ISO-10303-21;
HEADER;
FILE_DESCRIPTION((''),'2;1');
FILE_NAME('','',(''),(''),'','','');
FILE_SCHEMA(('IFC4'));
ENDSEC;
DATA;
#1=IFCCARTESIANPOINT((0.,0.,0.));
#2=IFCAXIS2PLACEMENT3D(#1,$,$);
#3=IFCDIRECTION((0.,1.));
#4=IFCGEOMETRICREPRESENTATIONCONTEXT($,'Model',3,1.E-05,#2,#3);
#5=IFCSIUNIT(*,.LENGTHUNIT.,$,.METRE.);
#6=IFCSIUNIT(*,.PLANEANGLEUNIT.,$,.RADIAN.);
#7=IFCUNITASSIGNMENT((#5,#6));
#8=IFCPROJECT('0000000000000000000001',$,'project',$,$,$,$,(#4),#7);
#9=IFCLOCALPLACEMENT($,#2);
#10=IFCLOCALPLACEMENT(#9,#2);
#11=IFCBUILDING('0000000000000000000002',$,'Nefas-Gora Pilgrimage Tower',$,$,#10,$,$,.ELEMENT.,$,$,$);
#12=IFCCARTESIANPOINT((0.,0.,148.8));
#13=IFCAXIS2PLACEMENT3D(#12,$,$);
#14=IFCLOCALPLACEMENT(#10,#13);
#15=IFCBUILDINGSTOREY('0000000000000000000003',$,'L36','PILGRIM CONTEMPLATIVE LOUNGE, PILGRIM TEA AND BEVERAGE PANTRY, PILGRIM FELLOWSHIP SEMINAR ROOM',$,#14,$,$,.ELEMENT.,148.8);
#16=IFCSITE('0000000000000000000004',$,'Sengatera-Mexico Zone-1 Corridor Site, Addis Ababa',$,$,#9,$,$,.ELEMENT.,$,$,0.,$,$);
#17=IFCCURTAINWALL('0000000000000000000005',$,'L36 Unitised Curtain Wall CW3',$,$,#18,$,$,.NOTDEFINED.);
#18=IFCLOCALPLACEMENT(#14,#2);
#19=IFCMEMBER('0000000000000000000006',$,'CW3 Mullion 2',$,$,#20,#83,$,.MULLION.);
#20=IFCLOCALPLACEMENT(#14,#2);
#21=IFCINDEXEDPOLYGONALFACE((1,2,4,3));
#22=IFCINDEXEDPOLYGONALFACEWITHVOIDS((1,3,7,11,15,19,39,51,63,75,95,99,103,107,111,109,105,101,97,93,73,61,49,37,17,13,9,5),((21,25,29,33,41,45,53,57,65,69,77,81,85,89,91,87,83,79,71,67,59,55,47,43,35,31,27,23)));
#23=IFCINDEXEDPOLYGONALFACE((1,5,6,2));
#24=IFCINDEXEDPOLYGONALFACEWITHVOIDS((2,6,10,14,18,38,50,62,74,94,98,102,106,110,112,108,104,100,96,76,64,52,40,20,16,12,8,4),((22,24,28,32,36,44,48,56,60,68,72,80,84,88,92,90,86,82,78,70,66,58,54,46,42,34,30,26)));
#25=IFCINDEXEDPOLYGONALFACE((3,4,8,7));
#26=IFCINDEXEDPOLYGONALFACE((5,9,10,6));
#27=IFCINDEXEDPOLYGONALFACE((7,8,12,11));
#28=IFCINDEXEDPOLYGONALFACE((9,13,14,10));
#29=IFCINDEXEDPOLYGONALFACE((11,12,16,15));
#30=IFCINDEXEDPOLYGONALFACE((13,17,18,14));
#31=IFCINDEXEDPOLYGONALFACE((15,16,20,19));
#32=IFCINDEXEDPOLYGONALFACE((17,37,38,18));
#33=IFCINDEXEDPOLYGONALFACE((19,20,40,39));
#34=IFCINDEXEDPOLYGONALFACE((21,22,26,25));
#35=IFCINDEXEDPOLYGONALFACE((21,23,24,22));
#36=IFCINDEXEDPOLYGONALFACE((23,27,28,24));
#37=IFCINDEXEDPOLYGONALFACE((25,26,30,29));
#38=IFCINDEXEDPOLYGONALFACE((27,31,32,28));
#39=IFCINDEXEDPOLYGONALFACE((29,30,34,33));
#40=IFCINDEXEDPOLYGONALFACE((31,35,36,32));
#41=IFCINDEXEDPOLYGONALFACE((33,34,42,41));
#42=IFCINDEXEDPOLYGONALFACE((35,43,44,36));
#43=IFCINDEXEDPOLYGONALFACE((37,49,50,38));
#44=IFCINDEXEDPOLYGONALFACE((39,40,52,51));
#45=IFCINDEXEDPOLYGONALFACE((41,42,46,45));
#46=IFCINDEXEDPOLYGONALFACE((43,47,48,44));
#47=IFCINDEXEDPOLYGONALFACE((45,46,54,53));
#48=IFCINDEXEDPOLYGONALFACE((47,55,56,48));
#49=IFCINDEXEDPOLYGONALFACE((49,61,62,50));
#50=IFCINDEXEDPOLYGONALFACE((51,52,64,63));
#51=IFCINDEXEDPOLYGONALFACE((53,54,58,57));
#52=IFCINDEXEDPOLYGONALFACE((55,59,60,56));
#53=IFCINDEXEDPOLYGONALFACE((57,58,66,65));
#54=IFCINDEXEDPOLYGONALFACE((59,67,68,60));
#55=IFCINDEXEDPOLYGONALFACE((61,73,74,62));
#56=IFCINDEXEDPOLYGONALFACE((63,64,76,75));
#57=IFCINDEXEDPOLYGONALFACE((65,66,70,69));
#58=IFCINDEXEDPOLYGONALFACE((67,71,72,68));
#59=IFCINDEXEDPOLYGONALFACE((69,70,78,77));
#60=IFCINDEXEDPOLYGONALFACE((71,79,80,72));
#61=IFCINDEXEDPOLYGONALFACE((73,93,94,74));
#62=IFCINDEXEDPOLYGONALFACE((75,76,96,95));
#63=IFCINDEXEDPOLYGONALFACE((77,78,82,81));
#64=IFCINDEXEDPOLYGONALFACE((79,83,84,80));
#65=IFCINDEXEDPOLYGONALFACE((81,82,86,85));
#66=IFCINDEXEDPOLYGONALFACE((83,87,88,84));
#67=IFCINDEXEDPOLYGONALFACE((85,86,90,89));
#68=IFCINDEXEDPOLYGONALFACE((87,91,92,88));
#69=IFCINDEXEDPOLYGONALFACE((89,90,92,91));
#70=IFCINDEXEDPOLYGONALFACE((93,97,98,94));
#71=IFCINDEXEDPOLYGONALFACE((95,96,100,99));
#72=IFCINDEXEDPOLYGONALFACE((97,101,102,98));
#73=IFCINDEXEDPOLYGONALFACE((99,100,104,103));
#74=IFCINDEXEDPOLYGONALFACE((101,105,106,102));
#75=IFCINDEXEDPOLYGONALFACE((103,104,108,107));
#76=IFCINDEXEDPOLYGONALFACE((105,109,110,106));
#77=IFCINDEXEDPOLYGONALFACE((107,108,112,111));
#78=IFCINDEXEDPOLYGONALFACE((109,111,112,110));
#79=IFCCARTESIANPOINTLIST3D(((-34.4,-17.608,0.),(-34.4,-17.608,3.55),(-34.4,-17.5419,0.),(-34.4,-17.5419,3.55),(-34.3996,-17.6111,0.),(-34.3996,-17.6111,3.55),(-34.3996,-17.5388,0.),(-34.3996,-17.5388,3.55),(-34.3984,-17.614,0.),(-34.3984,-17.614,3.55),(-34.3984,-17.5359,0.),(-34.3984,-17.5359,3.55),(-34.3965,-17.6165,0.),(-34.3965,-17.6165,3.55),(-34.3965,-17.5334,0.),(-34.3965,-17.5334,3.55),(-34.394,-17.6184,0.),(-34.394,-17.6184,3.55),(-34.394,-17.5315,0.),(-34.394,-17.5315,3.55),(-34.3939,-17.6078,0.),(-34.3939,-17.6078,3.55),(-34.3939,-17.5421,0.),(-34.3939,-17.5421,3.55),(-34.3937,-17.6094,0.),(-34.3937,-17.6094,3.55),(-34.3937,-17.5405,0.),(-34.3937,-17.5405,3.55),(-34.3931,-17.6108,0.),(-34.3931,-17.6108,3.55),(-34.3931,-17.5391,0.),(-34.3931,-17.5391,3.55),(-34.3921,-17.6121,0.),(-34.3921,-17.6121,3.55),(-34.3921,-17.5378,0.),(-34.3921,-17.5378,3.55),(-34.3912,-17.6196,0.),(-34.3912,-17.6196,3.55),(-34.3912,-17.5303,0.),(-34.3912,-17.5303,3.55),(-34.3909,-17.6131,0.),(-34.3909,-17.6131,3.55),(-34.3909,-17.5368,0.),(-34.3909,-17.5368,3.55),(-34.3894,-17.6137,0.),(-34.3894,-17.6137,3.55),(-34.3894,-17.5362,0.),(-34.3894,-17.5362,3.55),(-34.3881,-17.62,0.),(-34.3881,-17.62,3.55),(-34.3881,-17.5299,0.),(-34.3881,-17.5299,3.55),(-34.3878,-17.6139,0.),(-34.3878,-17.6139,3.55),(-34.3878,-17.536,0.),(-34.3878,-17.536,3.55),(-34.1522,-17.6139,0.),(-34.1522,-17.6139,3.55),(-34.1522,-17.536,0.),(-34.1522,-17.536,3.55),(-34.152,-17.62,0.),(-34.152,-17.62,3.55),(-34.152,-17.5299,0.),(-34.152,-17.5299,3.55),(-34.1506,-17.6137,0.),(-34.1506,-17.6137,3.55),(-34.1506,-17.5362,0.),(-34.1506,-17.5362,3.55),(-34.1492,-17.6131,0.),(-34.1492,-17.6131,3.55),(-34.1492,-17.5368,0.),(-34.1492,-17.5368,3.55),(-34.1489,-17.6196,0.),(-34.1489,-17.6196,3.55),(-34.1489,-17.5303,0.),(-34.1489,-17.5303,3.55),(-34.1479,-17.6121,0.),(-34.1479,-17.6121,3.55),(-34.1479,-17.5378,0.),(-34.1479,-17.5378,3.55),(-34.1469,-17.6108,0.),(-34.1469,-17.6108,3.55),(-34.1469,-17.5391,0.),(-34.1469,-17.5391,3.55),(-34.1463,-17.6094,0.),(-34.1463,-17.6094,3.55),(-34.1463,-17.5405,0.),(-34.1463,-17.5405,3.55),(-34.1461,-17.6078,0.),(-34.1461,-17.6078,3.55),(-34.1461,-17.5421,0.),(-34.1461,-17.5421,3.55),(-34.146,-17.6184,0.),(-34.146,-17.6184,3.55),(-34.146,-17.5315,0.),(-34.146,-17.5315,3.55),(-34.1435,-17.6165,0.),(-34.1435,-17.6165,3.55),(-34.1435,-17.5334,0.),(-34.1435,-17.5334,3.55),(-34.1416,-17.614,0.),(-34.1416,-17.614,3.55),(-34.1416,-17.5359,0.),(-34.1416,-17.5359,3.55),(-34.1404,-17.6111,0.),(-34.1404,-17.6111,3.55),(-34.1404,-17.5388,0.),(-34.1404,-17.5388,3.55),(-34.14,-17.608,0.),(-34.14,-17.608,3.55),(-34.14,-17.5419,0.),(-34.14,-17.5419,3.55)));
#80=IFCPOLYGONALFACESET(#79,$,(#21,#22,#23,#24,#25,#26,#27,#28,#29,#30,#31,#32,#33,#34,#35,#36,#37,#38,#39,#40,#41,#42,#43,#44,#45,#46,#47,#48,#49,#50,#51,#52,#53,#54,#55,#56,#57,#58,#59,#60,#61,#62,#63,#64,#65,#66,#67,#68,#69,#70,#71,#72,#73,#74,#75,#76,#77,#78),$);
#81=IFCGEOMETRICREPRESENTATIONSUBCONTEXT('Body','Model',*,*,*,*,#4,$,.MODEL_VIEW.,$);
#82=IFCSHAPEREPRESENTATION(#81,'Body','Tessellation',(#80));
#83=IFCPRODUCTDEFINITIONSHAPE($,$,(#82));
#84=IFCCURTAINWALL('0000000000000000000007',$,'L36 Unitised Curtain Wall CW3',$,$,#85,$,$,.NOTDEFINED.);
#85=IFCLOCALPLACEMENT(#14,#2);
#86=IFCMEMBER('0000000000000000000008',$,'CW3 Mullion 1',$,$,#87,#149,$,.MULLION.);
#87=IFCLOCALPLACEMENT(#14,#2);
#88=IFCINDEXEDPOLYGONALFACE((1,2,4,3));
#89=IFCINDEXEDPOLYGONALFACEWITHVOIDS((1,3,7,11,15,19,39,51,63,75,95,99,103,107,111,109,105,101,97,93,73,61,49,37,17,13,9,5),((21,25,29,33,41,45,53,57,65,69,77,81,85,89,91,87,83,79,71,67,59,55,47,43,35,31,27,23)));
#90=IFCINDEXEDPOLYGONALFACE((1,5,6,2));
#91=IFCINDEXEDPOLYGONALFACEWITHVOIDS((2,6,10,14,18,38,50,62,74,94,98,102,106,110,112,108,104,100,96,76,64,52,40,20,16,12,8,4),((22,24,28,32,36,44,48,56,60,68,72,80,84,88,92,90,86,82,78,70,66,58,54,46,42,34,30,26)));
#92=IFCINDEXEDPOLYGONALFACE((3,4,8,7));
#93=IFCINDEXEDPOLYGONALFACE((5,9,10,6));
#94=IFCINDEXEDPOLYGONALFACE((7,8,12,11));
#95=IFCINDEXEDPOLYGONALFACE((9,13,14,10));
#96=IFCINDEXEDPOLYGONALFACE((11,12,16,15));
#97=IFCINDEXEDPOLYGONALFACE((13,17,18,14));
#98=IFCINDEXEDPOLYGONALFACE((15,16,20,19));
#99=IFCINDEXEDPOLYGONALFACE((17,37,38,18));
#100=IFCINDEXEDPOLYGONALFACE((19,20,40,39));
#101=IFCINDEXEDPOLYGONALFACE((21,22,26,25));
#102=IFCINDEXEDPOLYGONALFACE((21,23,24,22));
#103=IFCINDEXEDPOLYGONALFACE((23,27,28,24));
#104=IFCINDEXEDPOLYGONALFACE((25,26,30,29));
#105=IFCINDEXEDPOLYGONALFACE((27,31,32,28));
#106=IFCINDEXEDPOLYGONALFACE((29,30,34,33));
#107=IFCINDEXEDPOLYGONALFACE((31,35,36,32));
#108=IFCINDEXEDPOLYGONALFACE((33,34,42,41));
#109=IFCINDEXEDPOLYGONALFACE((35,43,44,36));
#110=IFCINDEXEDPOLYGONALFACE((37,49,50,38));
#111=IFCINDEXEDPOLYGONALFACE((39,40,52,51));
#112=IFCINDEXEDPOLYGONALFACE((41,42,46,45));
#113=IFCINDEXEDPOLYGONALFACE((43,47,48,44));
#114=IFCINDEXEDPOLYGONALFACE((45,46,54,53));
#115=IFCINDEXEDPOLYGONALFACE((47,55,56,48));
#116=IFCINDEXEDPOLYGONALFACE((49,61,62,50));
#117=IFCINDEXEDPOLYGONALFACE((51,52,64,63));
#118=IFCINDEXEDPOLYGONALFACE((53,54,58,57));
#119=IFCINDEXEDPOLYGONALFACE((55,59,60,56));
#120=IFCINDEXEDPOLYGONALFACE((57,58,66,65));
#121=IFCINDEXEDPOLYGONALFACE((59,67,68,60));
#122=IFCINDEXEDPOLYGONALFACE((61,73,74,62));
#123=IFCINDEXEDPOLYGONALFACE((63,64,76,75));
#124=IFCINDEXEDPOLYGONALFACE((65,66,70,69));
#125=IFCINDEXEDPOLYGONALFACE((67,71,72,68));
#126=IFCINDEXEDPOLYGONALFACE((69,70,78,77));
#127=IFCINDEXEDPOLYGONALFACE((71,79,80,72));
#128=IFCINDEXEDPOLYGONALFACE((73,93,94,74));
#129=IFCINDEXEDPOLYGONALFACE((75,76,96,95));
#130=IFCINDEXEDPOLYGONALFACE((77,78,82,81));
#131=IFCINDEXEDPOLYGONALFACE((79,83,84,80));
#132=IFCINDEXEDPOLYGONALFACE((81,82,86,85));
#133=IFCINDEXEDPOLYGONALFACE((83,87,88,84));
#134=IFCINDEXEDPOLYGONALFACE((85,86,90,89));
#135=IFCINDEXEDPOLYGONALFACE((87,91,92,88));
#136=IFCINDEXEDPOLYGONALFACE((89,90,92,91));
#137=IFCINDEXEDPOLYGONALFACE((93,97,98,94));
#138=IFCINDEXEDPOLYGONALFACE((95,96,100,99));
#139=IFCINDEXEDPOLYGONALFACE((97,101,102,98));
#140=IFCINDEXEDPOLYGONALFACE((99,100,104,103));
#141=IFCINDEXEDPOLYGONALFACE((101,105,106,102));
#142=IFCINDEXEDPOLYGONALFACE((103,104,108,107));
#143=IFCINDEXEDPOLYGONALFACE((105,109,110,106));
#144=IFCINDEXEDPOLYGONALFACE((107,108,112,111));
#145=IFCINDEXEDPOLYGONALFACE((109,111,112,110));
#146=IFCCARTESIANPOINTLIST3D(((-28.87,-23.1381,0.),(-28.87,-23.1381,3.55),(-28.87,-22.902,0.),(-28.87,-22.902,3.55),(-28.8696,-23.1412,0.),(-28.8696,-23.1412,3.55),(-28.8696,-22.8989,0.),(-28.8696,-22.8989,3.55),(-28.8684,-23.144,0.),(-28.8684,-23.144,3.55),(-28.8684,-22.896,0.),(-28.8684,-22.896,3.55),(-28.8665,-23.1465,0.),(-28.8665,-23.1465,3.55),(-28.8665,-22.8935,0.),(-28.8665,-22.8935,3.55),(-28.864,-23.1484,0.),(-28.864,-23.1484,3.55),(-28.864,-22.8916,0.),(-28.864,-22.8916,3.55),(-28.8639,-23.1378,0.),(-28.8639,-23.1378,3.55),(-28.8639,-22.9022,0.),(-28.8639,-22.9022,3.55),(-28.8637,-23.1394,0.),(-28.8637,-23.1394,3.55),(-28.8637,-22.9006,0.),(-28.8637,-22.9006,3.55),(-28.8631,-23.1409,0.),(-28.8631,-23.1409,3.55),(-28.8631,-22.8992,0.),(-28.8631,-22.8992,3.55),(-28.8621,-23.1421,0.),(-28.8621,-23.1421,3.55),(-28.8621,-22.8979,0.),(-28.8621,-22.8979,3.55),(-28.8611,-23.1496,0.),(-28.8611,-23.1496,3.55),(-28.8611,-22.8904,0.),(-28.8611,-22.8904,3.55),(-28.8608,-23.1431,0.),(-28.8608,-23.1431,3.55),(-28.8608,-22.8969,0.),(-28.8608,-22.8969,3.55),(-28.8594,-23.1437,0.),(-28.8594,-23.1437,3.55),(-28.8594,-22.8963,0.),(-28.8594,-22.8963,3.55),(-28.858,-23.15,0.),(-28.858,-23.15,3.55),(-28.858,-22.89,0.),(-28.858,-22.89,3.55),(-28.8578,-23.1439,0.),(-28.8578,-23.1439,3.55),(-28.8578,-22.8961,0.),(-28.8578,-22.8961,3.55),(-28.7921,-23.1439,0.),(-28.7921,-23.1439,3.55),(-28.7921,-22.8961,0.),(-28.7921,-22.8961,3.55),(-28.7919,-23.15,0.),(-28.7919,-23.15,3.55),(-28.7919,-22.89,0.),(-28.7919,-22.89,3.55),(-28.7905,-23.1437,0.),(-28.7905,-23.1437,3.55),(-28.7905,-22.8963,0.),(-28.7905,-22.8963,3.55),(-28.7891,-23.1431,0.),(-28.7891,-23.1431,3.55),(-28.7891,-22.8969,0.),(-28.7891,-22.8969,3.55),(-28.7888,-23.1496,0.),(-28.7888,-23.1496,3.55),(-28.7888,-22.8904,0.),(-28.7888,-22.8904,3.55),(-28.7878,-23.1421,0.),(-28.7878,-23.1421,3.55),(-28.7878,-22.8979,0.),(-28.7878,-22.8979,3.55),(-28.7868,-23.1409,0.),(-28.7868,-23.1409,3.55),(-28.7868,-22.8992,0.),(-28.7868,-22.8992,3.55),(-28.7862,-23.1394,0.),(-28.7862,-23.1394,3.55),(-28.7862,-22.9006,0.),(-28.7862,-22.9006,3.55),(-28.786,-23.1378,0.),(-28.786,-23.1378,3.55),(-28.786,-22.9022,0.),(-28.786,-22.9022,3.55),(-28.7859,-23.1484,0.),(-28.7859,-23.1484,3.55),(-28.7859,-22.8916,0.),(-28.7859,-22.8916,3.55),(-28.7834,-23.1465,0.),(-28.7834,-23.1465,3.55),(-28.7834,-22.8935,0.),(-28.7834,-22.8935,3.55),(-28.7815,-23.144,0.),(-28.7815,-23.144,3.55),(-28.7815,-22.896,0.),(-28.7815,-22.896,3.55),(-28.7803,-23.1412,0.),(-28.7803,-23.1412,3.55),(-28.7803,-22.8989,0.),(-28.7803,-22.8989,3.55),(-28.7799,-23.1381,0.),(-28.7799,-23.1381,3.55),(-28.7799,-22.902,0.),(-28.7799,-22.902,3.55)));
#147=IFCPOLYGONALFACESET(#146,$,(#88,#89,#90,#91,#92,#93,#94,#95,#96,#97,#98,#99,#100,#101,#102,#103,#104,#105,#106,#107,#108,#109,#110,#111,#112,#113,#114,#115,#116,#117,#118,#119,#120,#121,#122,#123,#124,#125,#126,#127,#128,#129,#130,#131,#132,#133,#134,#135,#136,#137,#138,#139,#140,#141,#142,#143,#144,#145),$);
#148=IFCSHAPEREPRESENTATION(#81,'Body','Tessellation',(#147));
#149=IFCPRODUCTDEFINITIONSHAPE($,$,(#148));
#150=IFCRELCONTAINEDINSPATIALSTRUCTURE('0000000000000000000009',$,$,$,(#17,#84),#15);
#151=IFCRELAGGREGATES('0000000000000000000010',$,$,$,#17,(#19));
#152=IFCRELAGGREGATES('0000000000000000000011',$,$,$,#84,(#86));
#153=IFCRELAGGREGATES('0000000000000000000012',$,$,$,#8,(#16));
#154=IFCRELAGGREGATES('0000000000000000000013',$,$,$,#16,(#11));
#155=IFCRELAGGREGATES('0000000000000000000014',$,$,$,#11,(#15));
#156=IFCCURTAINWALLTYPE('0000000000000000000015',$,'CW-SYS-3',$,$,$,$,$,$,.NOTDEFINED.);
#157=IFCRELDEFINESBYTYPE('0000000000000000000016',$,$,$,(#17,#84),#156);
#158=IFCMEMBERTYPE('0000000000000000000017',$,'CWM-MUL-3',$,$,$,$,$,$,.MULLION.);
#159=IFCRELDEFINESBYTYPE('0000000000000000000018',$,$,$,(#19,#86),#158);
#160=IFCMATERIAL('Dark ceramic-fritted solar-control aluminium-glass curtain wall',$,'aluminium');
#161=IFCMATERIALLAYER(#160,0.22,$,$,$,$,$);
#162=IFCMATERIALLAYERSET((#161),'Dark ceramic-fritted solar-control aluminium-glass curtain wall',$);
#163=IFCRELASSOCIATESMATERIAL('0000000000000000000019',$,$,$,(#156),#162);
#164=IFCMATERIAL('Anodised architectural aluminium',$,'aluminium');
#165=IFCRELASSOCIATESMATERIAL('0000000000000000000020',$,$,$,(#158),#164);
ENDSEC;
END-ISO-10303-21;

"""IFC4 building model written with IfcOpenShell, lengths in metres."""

from ifc_helpers import new_model, si_unit, direction, frame, origin, origin_2d, place, context, subcontext, project, spatial, hollow_rectangle, extrude, source, transform, mapped, material, layer, layer_set, material_profile, profile_set, type_object, element, aggregate, save


model = new_model("IFC4")

# Units and contexts
model_context = context("Model", 3, precision=1e-05, world=origin(), true_north=direction((0.0, 1.0)))
body_context = subcontext(model_context, "Body", "Model", "MODEL_VIEW")
ifc_project = project(units=[si_unit("LENGTHUNIT", "METRE"), si_unit("PLANEANGLEUNIT", "RADIAN")], contexts=[model_context])

# Site, building, storey
site_placement = place(None, origin())
site = spatial("IfcSite", under=ifc_project, at=site_placement, Name="Sengatera-Mexico Zone-1 Corridor Site, Addis Ababa", CompositionType="ELEMENT", RefElevation=0.0)
building_placement = place(site_placement, origin())
building = spatial("IfcBuilding", under=site, at=building_placement, Name="Nefas-Gora Pilgrimage Tower", CompositionType="ELEMENT")
storey_placement = place(building_placement, frame((0.0, 0.0, 148.8)))
storey = spatial("IfcBuildingStorey", under=building, at=storey_placement, Name="L36", Description="PILGRIM CONTEMPLATIVE LOUNGE, PILGRIM TEA AND BEVERAGE PANTRY, PILGRIM FELLOWSHIP SEMINAR ROOM", CompositionType="ELEMENT", Elevation=148.8)

# Shared definitions
ifc_material_1 = material(Name="Dark ceramic-fritted solar-control aluminium-glass curtain wall", Category="aluminium")
ifc_material_2 = material(Name="Anodised architectural aluminium", Category="aluminium")

# Curtain wall, member
ifc_layer_1 = layer(ifc_material_1, 0.22)
ifc_layer_set_1 = layer_set([ifc_layer_1], Name="Dark ceramic-fritted solar-control aluminium-glass curtain wall")
curtain_wall_type_1 = type_object("IfcCurtainWallType", Name="CW-SYS-3", PredefinedType="NOTDEFINED", material=ifc_layer_set_1)
curtain_wall_1_placement = place(storey_placement, origin())
curtain_wall_1 = element("IfcCurtainWall", 1, at=curtain_wall_1_placement, inside=storey, type_object=curtain_wall_type_1, Name="L36 Unitised Curtain Wall CW3", PredefinedType="NOTDEFINED")
ifc_material_profile_1 = material_profile(ifc_material_2, hollow_rectangle(XDim=0.0901, YDim=0.26, WallThickness=0.0061, InnerFilletRadius=0.0061, OuterFilletRadius=0.012, at=origin_2d()), Name="ALU MULLION 90x260")
ifc_profile_set_1 = profile_set([ifc_material_profile_1], Name="Anodised architectural aluminium")
member_type_1 = type_object("IfcMemberType", Name="CWM-MUL-3", PredefinedType="MULLION", material=ifc_profile_set_1)
shared_shape_1 = source(origin(), body_context, "Body", "SweptSolid", [
    extrude(hollow_rectangle(XDim=0.0901, YDim=0.26, WallThickness=0.0061, InnerFilletRadius=0.0061, OuterFilletRadius=0.012, at=origin_2d()), origin(), (0.0, 0.0, 1.0), 3.55),
])
member_1_placement = place(storey_placement, frame((-34.27, -17.575, 0.0), z_axis=(0.0, 0.0, 1.0), x_axis=(0.0, -1.0, 0.0)))
member_1 = element("IfcMember", 2, at=member_1_placement, type_object=member_type_1, Name="CW3 Mullion 2", PredefinedType="MULLION", context=body_context, shape_type="MappedRepresentation", body=[
    mapped(shared_shape_1, transform((0.0, 0.0, 0.0), x_axis=(1.0, 0.0, 0.0), y_axis=(0.0, 1.0, 0.0), z_axis=(0.0, 0.0, 1.0), scale=1.0)),
])
aggregate(curtain_wall_1, [member_1])

# Curtain wall, member
curtain_wall_2_placement = place(storey_placement, origin())
curtain_wall_2 = element("IfcCurtainWall", 3, at=curtain_wall_2_placement, inside=storey, type_object=curtain_wall_type_1, Name="L36 Unitised Curtain Wall CW3", PredefinedType="NOTDEFINED")
member_2_placement = place(storey_placement, frame((-28.825, -23.02, 0.0), z_axis=(0.0, 0.0, 1.0), x_axis=(1.0, 0.0, 0.0)))
member_2 = element("IfcMember", 4, at=member_2_placement, type_object=member_type_1, Name="CW3 Mullion 1", PredefinedType="MULLION", context=body_context, shape_type="MappedRepresentation", body=[
    mapped(shared_shape_1, transform((0.0, 0.0, 0.0), x_axis=(1.0, 0.0, 0.0), y_axis=(0.0, 1.0, 0.0), z_axis=(0.0, 0.0, 1.0), scale=1.0)),
])

aggregate(curtain_wall_2, [member_2])

save(model, "model.ifc")
